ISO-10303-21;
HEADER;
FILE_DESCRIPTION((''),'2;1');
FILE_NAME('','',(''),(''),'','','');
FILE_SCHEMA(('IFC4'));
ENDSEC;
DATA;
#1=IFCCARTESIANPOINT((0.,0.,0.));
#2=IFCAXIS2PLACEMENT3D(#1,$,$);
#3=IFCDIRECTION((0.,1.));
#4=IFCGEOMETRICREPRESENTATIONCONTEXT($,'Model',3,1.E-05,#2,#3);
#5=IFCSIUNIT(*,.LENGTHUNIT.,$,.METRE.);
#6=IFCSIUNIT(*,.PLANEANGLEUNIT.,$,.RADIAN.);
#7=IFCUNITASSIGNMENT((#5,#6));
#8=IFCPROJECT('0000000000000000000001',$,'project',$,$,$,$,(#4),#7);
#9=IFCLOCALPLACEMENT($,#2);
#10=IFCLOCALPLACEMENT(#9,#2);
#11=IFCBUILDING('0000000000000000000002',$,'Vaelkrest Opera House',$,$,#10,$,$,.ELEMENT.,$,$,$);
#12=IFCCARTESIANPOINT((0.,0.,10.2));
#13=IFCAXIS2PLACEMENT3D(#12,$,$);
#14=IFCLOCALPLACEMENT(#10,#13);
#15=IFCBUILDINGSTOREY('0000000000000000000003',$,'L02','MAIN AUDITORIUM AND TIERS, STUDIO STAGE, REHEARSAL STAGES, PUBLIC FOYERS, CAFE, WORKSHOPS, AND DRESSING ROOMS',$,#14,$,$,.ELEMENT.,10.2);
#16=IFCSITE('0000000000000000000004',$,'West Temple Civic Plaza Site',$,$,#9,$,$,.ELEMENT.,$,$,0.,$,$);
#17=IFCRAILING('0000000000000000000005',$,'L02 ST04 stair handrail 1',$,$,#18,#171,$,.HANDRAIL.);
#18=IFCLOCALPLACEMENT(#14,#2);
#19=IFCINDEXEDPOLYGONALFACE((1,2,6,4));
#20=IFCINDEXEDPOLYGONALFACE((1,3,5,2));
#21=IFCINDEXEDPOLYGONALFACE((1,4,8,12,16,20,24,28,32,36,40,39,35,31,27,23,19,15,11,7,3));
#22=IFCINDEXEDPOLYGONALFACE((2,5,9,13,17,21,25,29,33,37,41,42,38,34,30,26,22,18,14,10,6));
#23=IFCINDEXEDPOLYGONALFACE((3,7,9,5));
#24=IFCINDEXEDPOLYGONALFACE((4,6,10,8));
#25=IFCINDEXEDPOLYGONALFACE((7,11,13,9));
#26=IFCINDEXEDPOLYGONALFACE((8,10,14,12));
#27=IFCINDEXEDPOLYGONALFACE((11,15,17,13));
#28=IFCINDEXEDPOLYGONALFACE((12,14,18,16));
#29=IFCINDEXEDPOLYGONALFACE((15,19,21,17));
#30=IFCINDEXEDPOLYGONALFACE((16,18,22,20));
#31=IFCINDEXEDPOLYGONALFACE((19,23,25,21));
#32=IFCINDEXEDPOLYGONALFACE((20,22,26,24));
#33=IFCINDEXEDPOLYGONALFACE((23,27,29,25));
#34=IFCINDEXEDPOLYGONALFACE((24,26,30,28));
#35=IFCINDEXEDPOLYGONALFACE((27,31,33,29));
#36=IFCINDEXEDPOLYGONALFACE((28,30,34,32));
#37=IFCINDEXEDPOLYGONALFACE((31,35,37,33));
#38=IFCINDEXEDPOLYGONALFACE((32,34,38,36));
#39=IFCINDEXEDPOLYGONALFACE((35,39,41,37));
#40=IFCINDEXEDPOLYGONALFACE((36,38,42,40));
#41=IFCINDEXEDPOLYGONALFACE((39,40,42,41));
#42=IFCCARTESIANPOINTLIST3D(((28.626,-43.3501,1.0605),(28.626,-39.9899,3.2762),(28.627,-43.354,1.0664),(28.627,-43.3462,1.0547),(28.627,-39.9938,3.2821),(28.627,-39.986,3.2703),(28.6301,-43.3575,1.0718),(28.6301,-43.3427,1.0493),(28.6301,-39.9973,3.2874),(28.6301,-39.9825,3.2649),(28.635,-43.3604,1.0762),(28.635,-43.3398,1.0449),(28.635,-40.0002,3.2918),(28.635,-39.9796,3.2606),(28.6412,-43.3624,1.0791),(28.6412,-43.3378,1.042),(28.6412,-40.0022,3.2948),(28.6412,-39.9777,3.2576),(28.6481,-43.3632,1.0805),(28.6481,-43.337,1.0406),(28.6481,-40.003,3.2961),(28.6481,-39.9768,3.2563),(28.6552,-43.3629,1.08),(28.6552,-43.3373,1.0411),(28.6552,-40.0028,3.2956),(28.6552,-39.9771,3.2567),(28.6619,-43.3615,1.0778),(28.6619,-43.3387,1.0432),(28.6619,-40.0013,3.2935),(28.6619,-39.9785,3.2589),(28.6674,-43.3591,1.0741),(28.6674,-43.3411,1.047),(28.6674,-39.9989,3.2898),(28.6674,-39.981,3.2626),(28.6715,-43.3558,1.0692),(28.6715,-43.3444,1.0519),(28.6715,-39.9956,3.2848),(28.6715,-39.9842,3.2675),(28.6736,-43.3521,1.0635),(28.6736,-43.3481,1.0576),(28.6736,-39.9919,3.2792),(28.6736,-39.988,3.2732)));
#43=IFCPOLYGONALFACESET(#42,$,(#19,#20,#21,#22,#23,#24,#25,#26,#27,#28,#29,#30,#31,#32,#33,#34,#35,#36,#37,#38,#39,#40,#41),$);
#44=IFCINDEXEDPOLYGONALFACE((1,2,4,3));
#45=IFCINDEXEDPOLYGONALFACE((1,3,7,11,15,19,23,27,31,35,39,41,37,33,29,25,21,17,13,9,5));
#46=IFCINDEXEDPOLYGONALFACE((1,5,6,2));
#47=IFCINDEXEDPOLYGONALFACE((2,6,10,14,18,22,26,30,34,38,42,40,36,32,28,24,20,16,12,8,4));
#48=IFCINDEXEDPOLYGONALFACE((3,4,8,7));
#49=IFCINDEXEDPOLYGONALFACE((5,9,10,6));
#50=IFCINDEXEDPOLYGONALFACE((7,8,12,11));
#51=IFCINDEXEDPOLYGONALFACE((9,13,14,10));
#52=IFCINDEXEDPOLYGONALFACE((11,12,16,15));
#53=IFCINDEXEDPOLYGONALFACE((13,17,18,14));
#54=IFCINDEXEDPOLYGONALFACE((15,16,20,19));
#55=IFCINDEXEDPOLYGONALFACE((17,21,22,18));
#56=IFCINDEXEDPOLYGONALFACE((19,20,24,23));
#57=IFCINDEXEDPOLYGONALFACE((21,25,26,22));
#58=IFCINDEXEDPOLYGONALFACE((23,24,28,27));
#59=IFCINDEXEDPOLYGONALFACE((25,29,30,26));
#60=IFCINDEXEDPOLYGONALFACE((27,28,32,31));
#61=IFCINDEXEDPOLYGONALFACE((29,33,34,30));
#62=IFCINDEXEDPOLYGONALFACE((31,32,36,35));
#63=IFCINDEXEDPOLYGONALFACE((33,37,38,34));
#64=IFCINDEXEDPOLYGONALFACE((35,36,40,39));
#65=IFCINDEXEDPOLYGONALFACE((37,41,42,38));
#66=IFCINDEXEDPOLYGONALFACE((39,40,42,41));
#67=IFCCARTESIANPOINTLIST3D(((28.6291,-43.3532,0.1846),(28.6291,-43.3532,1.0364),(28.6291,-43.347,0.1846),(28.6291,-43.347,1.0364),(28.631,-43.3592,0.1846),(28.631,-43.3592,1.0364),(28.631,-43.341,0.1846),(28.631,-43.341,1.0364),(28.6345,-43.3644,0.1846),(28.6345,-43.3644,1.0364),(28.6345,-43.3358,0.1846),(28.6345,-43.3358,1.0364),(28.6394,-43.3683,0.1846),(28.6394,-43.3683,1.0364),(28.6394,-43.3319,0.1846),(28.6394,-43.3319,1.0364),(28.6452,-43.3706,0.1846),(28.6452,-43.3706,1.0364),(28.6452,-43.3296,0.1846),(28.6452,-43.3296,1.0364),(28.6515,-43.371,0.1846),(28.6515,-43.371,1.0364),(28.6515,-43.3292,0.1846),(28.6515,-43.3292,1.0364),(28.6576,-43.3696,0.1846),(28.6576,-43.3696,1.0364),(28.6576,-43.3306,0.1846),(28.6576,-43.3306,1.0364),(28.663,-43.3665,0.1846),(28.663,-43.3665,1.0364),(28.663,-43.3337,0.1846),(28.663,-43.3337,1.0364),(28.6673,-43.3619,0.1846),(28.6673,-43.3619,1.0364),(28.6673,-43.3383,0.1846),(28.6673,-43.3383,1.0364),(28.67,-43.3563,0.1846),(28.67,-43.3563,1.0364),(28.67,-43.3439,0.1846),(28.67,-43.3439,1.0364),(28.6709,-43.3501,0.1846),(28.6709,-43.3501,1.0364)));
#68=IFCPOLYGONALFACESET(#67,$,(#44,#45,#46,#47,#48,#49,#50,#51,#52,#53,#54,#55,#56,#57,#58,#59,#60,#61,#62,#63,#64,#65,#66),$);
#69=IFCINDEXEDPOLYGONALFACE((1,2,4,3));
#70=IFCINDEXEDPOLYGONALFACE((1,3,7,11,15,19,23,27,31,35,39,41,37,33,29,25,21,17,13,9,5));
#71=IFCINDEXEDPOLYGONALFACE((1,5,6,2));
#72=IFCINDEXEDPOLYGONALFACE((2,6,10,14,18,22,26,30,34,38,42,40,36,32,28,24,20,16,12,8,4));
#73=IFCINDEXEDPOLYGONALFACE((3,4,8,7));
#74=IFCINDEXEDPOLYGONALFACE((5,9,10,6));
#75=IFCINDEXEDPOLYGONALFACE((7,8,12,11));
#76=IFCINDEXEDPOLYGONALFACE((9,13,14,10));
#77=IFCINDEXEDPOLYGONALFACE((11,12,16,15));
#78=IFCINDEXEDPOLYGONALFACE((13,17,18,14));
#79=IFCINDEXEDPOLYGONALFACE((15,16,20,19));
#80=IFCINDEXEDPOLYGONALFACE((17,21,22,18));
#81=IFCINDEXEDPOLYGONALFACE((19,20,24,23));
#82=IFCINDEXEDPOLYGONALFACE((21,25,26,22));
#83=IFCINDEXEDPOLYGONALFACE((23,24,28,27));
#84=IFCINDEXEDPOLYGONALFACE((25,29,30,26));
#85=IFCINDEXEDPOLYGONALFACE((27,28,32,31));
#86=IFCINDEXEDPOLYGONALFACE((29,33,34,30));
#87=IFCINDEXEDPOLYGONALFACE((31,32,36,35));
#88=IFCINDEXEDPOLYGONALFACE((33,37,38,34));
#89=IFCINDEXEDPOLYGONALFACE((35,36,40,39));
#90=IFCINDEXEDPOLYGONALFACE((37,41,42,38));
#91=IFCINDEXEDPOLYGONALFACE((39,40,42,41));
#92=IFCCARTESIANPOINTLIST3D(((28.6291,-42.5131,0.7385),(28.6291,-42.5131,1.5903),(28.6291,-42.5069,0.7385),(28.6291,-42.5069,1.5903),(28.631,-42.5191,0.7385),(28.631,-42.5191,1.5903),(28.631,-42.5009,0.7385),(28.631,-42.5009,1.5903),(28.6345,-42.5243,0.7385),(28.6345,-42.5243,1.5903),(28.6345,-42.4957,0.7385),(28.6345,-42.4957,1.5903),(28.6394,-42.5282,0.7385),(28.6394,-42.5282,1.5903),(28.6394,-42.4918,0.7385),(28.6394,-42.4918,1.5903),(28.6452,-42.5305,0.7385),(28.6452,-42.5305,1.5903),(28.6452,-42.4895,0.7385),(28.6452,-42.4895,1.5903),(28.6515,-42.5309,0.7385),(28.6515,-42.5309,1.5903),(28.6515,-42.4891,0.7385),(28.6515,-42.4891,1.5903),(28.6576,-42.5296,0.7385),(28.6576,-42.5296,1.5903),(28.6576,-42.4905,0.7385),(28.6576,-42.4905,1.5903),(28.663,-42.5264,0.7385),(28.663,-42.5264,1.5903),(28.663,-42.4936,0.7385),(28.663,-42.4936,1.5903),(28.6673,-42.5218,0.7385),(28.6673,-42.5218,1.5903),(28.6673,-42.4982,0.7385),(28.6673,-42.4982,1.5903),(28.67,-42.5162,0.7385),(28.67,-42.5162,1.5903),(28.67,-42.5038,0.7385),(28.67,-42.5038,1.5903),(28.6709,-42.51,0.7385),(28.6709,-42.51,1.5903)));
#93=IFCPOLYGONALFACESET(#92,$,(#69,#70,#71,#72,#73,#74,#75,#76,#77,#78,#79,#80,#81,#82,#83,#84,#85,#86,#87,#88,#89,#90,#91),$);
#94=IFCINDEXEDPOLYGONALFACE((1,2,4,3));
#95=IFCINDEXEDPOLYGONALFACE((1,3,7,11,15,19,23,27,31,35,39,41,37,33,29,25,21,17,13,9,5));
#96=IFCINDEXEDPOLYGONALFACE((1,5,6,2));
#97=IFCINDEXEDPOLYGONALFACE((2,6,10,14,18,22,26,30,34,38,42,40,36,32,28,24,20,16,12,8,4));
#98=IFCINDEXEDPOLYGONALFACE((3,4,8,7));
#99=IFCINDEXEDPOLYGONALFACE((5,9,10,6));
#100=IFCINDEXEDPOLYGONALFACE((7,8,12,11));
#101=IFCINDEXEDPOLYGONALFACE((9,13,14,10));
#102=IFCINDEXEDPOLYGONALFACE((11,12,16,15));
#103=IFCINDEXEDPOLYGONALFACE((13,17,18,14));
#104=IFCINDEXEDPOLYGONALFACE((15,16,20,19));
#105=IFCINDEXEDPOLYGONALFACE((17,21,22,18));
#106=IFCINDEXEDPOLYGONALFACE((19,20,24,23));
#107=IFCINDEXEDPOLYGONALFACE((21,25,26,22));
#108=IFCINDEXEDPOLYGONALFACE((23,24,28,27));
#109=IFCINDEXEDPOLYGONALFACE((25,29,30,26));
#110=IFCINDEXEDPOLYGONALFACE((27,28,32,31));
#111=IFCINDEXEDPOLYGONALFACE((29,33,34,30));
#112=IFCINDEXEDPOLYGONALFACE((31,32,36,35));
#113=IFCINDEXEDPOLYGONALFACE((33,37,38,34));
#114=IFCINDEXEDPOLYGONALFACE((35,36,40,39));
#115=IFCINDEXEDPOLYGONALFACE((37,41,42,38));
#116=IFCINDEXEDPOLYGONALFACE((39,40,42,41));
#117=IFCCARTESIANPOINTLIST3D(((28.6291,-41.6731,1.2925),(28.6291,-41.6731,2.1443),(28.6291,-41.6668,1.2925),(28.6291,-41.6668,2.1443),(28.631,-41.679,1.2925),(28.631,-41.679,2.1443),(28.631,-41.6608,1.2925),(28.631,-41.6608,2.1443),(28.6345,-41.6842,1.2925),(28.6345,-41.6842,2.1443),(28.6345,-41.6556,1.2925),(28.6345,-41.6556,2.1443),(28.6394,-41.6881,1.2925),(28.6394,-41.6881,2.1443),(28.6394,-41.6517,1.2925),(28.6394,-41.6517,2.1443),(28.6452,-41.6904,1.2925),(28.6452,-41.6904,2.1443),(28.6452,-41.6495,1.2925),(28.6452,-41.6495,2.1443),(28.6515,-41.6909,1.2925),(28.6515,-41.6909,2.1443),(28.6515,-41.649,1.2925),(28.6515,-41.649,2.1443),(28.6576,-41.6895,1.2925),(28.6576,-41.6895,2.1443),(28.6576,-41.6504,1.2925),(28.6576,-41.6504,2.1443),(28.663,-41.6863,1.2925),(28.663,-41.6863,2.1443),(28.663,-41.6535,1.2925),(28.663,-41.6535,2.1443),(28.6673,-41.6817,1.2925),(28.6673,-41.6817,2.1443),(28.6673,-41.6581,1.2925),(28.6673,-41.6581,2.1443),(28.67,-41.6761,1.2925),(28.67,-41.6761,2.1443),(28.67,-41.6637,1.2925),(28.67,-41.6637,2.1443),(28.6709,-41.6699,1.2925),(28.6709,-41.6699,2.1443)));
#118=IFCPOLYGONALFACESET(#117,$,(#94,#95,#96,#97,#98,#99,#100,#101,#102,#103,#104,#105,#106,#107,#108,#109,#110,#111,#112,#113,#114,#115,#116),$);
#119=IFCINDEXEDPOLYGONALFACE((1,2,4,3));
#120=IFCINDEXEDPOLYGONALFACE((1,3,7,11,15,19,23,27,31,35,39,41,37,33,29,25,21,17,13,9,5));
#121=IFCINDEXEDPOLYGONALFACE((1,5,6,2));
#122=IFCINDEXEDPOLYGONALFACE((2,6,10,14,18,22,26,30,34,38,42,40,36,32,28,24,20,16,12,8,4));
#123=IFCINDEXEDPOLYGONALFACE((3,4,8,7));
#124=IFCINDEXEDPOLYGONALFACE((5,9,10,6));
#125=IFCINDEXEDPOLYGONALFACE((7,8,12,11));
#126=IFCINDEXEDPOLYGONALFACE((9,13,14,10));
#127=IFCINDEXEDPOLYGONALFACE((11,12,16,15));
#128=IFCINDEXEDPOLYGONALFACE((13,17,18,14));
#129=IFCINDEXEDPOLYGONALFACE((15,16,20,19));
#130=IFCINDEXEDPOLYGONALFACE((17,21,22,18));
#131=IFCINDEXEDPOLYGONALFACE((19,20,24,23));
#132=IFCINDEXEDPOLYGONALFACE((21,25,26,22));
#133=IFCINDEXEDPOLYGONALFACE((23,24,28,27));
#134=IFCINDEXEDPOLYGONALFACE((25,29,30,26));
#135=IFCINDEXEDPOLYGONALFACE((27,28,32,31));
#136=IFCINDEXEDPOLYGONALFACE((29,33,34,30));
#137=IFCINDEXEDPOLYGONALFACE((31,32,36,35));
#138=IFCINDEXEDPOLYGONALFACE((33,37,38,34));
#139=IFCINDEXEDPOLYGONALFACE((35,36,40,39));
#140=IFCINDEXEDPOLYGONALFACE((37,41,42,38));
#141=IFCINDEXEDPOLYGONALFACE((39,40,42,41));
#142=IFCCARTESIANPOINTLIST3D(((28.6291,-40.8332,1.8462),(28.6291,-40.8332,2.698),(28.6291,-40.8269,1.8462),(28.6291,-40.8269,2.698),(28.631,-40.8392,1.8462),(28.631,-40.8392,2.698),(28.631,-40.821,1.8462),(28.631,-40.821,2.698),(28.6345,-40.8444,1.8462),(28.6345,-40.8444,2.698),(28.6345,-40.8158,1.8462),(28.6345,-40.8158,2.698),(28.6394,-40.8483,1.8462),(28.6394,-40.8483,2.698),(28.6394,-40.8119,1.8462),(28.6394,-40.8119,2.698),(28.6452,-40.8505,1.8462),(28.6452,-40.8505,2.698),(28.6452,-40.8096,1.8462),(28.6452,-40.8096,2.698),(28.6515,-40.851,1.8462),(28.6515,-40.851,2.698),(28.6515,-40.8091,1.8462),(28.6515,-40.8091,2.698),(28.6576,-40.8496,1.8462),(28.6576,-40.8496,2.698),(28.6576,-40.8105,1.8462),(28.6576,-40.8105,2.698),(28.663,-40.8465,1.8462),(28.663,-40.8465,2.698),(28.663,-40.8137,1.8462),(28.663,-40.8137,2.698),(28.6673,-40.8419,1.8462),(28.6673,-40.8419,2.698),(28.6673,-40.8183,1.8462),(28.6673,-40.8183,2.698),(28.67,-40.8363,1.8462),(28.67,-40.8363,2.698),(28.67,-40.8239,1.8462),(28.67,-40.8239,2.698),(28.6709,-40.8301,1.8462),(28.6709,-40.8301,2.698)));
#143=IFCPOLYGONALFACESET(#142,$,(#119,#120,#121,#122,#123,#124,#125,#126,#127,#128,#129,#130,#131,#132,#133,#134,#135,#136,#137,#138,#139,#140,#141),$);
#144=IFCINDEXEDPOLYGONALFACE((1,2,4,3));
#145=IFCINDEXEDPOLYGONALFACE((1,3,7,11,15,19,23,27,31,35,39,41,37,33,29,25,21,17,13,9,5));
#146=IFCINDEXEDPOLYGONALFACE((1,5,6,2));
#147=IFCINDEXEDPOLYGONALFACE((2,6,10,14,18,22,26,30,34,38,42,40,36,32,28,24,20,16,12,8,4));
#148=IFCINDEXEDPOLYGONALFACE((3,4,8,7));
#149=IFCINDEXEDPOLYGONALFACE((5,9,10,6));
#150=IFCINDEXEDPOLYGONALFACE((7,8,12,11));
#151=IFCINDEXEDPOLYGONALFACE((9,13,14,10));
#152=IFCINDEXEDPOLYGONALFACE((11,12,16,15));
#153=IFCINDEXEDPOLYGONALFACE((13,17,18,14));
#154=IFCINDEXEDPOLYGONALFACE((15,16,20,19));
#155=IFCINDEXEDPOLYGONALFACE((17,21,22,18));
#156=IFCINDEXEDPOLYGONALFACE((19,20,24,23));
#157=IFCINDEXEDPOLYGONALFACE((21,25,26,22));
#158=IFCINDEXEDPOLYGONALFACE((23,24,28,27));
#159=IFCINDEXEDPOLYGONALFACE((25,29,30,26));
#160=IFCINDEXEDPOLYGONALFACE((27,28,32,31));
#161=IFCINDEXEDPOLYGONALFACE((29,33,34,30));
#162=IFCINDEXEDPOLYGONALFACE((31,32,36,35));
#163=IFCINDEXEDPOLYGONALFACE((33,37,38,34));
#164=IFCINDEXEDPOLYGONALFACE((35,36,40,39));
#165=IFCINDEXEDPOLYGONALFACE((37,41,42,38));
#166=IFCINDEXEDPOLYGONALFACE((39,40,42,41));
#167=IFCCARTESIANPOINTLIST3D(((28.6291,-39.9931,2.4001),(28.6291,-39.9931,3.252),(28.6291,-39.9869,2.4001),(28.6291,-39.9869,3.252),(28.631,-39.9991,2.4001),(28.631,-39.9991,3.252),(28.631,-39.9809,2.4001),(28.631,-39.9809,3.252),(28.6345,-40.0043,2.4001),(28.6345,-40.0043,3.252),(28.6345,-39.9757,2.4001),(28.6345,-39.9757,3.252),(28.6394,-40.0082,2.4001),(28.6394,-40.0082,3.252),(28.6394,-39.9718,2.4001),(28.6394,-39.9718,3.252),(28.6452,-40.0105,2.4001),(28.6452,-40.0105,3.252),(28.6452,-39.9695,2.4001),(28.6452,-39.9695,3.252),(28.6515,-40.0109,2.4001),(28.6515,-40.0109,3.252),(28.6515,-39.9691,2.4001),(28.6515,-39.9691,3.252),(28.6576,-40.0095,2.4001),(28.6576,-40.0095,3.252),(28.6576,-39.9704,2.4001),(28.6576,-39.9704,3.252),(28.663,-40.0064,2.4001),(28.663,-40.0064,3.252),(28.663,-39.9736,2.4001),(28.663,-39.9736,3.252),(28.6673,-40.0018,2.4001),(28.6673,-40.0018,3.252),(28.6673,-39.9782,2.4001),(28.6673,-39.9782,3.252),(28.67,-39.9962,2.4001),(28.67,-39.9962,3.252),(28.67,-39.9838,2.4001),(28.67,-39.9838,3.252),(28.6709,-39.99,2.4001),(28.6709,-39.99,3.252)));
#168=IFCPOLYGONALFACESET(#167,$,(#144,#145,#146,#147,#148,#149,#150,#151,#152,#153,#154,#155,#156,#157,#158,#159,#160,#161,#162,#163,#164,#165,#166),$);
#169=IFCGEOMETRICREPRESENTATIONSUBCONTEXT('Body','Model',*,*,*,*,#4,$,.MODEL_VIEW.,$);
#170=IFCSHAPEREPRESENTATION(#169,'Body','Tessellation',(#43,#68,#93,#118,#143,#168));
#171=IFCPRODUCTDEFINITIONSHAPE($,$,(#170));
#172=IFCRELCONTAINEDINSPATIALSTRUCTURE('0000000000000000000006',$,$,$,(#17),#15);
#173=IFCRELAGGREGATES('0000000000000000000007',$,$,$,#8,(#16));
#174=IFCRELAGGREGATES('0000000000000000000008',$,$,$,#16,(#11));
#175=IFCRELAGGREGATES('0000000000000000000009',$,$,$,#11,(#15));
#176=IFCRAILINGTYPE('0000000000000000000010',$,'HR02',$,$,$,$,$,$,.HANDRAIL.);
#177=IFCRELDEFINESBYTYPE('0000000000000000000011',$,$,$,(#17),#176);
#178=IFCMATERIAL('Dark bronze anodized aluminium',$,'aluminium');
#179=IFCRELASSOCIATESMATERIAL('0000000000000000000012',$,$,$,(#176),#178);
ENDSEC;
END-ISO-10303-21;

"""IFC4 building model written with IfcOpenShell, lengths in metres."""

from ifc_helpers import new_model, si_unit, direction, frame, origin, origin_2d, place, context, subcontext, project, spatial, circle, extrude, material, type_object, element, save


model = new_model("IFC4")

# Units and contexts
model_context = context("Model", 3, precision=1e-05, world=origin(), true_north=direction((0.0, 1.0)))
body_context = subcontext(model_context, "Body", "Model", "MODEL_VIEW")
ifc_project = project(units=[si_unit("LENGTHUNIT", "METRE"), si_unit("PLANEANGLEUNIT", "RADIAN")], contexts=[model_context])

# Site, building, storey
site_placement = place(None, origin())
site = spatial("IfcSite", under=ifc_project, at=site_placement, Name="West Temple Civic Plaza Site", CompositionType="ELEMENT", RefElevation=0.0)
building_placement = place(site_placement, origin())
building = spatial("IfcBuilding", under=site, at=building_placement, Name="Vaelkrest Opera House", CompositionType="ELEMENT")
storey_placement = place(building_placement, frame((0.0, 0.0, 10.2)))
storey = spatial("IfcBuildingStorey", under=building, at=storey_placement, Name="L02", Description="MAIN AUDITORIUM AND TIERS, STUDIO STAGE, REHEARSAL STAGES, PUBLIC FOYERS, CAFE, WORKSHOPS, AND DRESSING ROOMS", CompositionType="ELEMENT", Elevation=10.2)

# Shared definitions
ifc_material_1 = material(Name="Dark bronze anodized aluminium", Category="aluminium")

# Railing
railing_type_1 = type_object("IfcRailingType", Name="HR02", PredefinedType="HANDRAIL", material=ifc_material_1)
railing_1_placement = place(storey_placement, frame((28.6499, -43.3501, 0.1846)))
element("IfcRailing", 1, at=railing_1_placement, inside=storey, type_object=railing_type_1, Name="L02 ST04 stair handrail 1", PredefinedType="HANDRAIL", context=body_context, shape_type="SweptSolid", body=[
    extrude(circle(Radius=0.0239, at=origin_2d()), frame((0.0, 0.0, 0.876), z_axis=(0.0, 0.834849, 0.55048), x_axis=(-1.0, 0.0, 0.0)), (0.0, 0.0, 1.0), 4.0249),
    extrude(circle(Radius=0.021, at=origin_2d()), origin(), (0.0, 0.0, 1.0), 0.8518),
    extrude(circle(Radius=0.021, at=origin_2d()), frame((0.0, 0.8401, 0.554)), (0.0, 0.0, 1.0), 0.8518),
    extrude(circle(Radius=0.021, at=origin_2d()), frame((0.0, 1.6802, 1.1079)), (0.0, 0.0, 1.0), 0.8518),
    extrude(circle(Radius=0.021, at=origin_2d()), frame((0.0, 2.52, 1.6616)), (0.0, 0.0, 1.0), 0.8518),
    extrude(circle(Radius=0.021, at=origin_2d()), frame((0.0, 3.3601, 2.2156)), (0.0, 0.0, 1.0), 0.8518),
])

save(model, "model.ifc")
